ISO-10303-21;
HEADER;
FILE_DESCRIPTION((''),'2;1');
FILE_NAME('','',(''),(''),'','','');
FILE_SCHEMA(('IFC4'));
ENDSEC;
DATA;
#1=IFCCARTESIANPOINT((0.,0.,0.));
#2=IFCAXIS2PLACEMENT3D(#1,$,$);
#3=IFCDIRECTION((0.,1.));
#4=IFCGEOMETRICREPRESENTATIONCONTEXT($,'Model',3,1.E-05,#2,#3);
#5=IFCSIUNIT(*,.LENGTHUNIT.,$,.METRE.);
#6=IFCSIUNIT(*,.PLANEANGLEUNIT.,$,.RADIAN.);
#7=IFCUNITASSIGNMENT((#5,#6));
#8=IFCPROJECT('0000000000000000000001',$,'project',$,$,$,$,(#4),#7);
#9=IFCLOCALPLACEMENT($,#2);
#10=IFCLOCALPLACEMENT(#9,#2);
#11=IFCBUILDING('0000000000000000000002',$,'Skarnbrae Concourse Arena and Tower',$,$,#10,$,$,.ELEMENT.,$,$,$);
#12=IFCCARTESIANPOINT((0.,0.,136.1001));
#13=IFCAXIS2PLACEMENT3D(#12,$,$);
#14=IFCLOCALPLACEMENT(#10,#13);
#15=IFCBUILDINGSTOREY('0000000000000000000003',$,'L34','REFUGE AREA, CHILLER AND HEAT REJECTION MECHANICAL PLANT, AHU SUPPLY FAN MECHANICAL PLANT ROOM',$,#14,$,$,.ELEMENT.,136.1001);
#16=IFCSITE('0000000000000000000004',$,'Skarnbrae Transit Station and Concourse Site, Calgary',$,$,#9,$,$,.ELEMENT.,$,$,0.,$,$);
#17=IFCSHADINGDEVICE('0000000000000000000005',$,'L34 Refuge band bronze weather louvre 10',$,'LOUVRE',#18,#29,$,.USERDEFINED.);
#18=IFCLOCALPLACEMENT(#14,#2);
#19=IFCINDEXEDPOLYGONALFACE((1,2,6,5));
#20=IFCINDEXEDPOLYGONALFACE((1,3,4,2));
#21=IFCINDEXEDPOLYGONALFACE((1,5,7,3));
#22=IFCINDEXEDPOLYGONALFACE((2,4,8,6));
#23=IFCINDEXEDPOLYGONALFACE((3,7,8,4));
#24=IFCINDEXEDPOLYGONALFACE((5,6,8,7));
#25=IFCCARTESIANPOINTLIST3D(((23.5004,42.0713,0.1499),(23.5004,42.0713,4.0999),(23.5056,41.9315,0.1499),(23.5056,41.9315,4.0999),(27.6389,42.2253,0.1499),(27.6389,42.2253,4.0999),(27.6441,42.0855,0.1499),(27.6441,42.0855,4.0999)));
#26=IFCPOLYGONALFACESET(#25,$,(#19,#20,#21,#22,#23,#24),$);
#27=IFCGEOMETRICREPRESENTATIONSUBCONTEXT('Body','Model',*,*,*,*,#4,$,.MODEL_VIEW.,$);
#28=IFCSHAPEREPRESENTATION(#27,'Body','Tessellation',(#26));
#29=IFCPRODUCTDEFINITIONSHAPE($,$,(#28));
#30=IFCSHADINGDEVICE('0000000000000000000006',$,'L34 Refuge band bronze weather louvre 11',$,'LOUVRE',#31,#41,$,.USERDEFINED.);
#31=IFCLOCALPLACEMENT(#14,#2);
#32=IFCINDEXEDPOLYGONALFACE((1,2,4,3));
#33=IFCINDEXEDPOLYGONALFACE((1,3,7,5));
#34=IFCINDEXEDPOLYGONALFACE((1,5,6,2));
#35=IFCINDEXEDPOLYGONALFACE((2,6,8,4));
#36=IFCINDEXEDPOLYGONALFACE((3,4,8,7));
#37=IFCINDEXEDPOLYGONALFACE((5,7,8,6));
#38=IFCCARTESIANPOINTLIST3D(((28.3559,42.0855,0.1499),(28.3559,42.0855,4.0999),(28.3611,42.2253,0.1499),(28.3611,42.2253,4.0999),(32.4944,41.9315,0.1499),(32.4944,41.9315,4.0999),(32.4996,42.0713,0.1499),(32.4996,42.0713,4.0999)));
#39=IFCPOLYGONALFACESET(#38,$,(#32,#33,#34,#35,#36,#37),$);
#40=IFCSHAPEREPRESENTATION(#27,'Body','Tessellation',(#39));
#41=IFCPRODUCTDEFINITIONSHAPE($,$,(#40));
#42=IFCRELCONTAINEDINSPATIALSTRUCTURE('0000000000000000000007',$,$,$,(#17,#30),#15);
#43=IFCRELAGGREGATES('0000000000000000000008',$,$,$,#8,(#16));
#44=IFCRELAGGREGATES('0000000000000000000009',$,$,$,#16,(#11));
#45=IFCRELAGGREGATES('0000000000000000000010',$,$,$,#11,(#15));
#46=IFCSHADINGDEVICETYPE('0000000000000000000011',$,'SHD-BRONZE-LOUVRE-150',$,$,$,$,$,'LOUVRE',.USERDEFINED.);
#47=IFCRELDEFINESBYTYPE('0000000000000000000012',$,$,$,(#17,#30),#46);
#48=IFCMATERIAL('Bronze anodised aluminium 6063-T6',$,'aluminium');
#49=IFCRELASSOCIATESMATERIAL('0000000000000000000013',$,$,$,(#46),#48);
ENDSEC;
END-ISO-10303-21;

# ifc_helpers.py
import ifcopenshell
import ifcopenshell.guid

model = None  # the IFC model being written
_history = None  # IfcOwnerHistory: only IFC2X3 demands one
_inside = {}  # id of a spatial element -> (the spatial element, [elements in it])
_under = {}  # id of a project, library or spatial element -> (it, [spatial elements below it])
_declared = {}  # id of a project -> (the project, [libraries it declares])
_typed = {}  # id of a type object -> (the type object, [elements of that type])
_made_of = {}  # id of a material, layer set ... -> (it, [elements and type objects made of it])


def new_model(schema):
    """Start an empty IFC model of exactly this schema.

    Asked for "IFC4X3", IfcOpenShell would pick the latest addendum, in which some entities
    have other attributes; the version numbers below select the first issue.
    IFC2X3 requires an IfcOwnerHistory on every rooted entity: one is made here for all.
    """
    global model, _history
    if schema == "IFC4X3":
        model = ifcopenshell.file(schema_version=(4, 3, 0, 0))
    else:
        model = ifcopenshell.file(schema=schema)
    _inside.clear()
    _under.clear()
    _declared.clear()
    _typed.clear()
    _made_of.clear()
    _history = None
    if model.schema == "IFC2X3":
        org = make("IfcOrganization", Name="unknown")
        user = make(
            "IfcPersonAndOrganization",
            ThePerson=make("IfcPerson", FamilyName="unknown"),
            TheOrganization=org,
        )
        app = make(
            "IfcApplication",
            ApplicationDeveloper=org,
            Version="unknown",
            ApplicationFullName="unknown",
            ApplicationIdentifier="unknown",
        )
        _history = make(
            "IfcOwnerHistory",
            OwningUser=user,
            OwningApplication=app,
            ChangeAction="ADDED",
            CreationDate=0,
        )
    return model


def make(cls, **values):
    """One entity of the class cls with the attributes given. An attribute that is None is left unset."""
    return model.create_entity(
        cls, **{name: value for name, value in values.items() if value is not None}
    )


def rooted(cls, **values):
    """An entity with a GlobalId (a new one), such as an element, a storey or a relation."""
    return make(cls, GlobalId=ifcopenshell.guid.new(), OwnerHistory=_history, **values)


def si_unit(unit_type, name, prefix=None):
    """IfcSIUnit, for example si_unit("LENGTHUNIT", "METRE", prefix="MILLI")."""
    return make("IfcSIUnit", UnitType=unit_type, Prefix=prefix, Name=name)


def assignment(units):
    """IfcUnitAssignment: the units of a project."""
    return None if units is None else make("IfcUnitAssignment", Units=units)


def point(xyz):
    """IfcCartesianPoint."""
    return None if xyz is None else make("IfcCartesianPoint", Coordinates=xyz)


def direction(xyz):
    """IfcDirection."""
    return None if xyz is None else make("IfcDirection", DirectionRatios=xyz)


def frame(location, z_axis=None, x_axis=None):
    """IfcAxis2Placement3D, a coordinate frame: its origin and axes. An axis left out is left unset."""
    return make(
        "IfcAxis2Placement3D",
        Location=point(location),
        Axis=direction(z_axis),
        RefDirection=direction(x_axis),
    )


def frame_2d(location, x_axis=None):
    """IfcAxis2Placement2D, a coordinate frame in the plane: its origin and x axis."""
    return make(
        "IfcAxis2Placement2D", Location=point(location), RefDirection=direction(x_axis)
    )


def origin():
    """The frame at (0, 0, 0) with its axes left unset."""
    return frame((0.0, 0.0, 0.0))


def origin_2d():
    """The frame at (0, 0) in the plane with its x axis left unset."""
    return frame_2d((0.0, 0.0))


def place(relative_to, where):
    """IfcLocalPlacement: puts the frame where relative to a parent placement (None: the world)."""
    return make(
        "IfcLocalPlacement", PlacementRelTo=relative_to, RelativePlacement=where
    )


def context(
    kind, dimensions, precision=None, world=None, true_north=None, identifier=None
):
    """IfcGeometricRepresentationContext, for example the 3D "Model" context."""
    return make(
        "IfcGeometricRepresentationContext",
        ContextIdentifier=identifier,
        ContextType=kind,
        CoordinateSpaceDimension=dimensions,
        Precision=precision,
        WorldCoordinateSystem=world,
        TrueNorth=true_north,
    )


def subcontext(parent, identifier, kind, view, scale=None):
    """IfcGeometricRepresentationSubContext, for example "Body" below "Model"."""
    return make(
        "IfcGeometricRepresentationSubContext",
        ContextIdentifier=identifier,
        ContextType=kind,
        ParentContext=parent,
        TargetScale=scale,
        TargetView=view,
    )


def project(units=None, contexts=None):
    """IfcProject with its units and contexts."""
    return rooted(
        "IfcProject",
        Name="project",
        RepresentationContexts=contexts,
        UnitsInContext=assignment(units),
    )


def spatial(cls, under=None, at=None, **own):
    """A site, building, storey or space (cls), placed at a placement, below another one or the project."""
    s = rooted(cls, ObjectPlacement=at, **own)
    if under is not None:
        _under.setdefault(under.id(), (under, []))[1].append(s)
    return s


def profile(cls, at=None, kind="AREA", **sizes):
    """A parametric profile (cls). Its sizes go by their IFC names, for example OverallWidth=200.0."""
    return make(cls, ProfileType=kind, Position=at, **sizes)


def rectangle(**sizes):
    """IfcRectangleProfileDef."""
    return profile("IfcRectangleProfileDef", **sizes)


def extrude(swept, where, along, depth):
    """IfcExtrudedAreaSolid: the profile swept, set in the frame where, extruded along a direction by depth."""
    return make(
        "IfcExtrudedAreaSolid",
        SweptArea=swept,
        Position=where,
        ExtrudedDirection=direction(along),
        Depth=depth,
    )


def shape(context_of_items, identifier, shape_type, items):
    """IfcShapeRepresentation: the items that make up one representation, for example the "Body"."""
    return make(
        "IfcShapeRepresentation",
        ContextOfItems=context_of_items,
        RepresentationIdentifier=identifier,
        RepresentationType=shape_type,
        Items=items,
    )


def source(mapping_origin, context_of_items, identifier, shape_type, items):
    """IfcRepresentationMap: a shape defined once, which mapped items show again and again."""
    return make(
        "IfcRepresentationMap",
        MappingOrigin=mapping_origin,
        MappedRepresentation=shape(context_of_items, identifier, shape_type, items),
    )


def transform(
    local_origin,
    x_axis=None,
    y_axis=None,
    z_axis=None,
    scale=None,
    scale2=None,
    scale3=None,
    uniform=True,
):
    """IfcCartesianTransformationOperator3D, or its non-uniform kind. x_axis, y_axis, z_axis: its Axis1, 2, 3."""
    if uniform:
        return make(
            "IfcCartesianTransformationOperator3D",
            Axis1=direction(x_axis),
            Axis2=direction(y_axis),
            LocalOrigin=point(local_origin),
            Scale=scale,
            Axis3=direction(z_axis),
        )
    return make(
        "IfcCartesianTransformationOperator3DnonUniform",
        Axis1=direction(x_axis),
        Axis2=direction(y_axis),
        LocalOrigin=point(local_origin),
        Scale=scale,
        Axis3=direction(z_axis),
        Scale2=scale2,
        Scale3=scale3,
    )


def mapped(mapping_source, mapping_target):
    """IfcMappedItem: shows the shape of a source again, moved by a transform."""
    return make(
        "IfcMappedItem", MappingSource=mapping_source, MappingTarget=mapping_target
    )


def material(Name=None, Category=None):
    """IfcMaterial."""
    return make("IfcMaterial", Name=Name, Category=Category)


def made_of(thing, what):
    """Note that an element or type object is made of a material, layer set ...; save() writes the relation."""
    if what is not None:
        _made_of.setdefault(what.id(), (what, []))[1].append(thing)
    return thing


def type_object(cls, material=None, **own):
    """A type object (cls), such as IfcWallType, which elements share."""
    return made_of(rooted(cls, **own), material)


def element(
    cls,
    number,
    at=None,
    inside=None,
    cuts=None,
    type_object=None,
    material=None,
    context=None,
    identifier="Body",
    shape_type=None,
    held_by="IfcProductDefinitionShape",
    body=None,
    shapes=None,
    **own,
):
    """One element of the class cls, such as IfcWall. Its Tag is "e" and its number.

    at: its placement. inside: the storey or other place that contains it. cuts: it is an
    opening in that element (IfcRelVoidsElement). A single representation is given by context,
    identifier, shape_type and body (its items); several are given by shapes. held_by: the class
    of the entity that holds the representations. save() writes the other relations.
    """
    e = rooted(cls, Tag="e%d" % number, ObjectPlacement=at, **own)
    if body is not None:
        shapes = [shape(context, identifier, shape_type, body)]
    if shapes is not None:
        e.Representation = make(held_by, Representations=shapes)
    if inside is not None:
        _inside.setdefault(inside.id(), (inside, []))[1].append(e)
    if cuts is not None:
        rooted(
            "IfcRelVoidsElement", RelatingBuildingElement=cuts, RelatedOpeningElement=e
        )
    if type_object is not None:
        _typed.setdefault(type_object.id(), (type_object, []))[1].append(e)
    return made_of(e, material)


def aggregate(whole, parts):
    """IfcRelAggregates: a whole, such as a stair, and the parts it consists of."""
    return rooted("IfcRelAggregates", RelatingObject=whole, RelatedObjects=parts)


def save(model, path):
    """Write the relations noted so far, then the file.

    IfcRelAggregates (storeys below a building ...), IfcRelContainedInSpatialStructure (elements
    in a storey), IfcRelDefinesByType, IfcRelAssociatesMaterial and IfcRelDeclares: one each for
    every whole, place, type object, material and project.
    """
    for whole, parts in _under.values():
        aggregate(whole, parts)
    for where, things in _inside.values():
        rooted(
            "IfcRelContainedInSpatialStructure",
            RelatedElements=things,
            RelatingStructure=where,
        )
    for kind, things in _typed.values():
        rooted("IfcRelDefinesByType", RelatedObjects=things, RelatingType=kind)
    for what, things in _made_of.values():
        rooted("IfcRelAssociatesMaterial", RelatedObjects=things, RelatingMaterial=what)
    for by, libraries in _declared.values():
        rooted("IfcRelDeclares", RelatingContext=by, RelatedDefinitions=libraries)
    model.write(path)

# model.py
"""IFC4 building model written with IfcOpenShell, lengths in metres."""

from ifc_helpers import new_model, si_unit, direction, frame, origin, origin_2d, place, context, subcontext, project, spatial, rectangle, extrude, source, transform, mapped, material, type_object, element, save


model = new_model("IFC4")

# Units and contexts
model_context = context("Model", 3, precision=1e-05, world=origin(), true_north=direction((0.0, 1.0)))
body_context = subcontext(model_context, "Body", "Model", "MODEL_VIEW")
ifc_project = project(units=[si_unit("LENGTHUNIT", "METRE"), si_unit("PLANEANGLEUNIT", "RADIAN")], contexts=[model_context])

# Site, building, storey
site_placement = place(None, origin())
site = spatial("IfcSite", under=ifc_project, at=site_placement, Name="Skarnbrae Transit Station and Concourse Site, Calgary", CompositionType="ELEMENT", RefElevation=0.0)
building_placement = place(site_placement, origin())
building = spatial("IfcBuilding", under=site, at=building_placement, Name="Skarnbrae Concourse Arena and Tower", CompositionType="ELEMENT")
storey_placement = place(building_placement, frame((0.0, 0.0, 136.1001)))
storey = spatial("IfcBuildingStorey", under=building, at=storey_placement, Name="L34", Description="REFUGE AREA, CHILLER AND HEAT REJECTION MECHANICAL PLANT, AHU SUPPLY FAN MECHANICAL PLANT ROOM", CompositionType="ELEMENT", Elevation=136.1001)

# Shading devices
ifc_material_1 = material(Name="Bronze anodised aluminium 6063-T6", Category="aluminium")
shading_device_type = type_object("IfcShadingDeviceType", Name="SHD-BRONZE-LOUVRE-150", ElementType="LOUVRE", PredefinedType="USERDEFINED", material=ifc_material_1)
shared_shape_1 = source(origin(), body_context, "Body", "SweptSolid", [
    extrude(rectangle(XDim=4.1414, YDim=0.1399, at=origin_2d()), origin(), (0.0, 0.0, 1.0), 3.95),
])
for number, where, z_axis, x_axis, name in (
    (1, (25.5723, 42.0784, 0.1499), (0.0, 0.0, 1.0), (0.999308, 0.037191, 0.0), "L34 Refuge band bronze weather louvre 10"),
    (2, (30.4277, 42.0784, 0.1499), (0.0, 0.0, 1.0), (0.999308, -0.037191, 0.0), "L34 Refuge band bronze weather louvre 11"),
):
    element("IfcShadingDevice", number, at=place(storey_placement, frame(where, z_axis=z_axis, x_axis=x_axis)), inside=storey, type_object=shading_device_type, Name=name, ObjectType="LOUVRE", PredefinedType="USERDEFINED", context=body_context, shape_type="MappedRepresentation", body=[
        mapped(shared_shape_1, transform((0.0, 0.0, 0.0))),
    ])

save(model, "model.ifc")
